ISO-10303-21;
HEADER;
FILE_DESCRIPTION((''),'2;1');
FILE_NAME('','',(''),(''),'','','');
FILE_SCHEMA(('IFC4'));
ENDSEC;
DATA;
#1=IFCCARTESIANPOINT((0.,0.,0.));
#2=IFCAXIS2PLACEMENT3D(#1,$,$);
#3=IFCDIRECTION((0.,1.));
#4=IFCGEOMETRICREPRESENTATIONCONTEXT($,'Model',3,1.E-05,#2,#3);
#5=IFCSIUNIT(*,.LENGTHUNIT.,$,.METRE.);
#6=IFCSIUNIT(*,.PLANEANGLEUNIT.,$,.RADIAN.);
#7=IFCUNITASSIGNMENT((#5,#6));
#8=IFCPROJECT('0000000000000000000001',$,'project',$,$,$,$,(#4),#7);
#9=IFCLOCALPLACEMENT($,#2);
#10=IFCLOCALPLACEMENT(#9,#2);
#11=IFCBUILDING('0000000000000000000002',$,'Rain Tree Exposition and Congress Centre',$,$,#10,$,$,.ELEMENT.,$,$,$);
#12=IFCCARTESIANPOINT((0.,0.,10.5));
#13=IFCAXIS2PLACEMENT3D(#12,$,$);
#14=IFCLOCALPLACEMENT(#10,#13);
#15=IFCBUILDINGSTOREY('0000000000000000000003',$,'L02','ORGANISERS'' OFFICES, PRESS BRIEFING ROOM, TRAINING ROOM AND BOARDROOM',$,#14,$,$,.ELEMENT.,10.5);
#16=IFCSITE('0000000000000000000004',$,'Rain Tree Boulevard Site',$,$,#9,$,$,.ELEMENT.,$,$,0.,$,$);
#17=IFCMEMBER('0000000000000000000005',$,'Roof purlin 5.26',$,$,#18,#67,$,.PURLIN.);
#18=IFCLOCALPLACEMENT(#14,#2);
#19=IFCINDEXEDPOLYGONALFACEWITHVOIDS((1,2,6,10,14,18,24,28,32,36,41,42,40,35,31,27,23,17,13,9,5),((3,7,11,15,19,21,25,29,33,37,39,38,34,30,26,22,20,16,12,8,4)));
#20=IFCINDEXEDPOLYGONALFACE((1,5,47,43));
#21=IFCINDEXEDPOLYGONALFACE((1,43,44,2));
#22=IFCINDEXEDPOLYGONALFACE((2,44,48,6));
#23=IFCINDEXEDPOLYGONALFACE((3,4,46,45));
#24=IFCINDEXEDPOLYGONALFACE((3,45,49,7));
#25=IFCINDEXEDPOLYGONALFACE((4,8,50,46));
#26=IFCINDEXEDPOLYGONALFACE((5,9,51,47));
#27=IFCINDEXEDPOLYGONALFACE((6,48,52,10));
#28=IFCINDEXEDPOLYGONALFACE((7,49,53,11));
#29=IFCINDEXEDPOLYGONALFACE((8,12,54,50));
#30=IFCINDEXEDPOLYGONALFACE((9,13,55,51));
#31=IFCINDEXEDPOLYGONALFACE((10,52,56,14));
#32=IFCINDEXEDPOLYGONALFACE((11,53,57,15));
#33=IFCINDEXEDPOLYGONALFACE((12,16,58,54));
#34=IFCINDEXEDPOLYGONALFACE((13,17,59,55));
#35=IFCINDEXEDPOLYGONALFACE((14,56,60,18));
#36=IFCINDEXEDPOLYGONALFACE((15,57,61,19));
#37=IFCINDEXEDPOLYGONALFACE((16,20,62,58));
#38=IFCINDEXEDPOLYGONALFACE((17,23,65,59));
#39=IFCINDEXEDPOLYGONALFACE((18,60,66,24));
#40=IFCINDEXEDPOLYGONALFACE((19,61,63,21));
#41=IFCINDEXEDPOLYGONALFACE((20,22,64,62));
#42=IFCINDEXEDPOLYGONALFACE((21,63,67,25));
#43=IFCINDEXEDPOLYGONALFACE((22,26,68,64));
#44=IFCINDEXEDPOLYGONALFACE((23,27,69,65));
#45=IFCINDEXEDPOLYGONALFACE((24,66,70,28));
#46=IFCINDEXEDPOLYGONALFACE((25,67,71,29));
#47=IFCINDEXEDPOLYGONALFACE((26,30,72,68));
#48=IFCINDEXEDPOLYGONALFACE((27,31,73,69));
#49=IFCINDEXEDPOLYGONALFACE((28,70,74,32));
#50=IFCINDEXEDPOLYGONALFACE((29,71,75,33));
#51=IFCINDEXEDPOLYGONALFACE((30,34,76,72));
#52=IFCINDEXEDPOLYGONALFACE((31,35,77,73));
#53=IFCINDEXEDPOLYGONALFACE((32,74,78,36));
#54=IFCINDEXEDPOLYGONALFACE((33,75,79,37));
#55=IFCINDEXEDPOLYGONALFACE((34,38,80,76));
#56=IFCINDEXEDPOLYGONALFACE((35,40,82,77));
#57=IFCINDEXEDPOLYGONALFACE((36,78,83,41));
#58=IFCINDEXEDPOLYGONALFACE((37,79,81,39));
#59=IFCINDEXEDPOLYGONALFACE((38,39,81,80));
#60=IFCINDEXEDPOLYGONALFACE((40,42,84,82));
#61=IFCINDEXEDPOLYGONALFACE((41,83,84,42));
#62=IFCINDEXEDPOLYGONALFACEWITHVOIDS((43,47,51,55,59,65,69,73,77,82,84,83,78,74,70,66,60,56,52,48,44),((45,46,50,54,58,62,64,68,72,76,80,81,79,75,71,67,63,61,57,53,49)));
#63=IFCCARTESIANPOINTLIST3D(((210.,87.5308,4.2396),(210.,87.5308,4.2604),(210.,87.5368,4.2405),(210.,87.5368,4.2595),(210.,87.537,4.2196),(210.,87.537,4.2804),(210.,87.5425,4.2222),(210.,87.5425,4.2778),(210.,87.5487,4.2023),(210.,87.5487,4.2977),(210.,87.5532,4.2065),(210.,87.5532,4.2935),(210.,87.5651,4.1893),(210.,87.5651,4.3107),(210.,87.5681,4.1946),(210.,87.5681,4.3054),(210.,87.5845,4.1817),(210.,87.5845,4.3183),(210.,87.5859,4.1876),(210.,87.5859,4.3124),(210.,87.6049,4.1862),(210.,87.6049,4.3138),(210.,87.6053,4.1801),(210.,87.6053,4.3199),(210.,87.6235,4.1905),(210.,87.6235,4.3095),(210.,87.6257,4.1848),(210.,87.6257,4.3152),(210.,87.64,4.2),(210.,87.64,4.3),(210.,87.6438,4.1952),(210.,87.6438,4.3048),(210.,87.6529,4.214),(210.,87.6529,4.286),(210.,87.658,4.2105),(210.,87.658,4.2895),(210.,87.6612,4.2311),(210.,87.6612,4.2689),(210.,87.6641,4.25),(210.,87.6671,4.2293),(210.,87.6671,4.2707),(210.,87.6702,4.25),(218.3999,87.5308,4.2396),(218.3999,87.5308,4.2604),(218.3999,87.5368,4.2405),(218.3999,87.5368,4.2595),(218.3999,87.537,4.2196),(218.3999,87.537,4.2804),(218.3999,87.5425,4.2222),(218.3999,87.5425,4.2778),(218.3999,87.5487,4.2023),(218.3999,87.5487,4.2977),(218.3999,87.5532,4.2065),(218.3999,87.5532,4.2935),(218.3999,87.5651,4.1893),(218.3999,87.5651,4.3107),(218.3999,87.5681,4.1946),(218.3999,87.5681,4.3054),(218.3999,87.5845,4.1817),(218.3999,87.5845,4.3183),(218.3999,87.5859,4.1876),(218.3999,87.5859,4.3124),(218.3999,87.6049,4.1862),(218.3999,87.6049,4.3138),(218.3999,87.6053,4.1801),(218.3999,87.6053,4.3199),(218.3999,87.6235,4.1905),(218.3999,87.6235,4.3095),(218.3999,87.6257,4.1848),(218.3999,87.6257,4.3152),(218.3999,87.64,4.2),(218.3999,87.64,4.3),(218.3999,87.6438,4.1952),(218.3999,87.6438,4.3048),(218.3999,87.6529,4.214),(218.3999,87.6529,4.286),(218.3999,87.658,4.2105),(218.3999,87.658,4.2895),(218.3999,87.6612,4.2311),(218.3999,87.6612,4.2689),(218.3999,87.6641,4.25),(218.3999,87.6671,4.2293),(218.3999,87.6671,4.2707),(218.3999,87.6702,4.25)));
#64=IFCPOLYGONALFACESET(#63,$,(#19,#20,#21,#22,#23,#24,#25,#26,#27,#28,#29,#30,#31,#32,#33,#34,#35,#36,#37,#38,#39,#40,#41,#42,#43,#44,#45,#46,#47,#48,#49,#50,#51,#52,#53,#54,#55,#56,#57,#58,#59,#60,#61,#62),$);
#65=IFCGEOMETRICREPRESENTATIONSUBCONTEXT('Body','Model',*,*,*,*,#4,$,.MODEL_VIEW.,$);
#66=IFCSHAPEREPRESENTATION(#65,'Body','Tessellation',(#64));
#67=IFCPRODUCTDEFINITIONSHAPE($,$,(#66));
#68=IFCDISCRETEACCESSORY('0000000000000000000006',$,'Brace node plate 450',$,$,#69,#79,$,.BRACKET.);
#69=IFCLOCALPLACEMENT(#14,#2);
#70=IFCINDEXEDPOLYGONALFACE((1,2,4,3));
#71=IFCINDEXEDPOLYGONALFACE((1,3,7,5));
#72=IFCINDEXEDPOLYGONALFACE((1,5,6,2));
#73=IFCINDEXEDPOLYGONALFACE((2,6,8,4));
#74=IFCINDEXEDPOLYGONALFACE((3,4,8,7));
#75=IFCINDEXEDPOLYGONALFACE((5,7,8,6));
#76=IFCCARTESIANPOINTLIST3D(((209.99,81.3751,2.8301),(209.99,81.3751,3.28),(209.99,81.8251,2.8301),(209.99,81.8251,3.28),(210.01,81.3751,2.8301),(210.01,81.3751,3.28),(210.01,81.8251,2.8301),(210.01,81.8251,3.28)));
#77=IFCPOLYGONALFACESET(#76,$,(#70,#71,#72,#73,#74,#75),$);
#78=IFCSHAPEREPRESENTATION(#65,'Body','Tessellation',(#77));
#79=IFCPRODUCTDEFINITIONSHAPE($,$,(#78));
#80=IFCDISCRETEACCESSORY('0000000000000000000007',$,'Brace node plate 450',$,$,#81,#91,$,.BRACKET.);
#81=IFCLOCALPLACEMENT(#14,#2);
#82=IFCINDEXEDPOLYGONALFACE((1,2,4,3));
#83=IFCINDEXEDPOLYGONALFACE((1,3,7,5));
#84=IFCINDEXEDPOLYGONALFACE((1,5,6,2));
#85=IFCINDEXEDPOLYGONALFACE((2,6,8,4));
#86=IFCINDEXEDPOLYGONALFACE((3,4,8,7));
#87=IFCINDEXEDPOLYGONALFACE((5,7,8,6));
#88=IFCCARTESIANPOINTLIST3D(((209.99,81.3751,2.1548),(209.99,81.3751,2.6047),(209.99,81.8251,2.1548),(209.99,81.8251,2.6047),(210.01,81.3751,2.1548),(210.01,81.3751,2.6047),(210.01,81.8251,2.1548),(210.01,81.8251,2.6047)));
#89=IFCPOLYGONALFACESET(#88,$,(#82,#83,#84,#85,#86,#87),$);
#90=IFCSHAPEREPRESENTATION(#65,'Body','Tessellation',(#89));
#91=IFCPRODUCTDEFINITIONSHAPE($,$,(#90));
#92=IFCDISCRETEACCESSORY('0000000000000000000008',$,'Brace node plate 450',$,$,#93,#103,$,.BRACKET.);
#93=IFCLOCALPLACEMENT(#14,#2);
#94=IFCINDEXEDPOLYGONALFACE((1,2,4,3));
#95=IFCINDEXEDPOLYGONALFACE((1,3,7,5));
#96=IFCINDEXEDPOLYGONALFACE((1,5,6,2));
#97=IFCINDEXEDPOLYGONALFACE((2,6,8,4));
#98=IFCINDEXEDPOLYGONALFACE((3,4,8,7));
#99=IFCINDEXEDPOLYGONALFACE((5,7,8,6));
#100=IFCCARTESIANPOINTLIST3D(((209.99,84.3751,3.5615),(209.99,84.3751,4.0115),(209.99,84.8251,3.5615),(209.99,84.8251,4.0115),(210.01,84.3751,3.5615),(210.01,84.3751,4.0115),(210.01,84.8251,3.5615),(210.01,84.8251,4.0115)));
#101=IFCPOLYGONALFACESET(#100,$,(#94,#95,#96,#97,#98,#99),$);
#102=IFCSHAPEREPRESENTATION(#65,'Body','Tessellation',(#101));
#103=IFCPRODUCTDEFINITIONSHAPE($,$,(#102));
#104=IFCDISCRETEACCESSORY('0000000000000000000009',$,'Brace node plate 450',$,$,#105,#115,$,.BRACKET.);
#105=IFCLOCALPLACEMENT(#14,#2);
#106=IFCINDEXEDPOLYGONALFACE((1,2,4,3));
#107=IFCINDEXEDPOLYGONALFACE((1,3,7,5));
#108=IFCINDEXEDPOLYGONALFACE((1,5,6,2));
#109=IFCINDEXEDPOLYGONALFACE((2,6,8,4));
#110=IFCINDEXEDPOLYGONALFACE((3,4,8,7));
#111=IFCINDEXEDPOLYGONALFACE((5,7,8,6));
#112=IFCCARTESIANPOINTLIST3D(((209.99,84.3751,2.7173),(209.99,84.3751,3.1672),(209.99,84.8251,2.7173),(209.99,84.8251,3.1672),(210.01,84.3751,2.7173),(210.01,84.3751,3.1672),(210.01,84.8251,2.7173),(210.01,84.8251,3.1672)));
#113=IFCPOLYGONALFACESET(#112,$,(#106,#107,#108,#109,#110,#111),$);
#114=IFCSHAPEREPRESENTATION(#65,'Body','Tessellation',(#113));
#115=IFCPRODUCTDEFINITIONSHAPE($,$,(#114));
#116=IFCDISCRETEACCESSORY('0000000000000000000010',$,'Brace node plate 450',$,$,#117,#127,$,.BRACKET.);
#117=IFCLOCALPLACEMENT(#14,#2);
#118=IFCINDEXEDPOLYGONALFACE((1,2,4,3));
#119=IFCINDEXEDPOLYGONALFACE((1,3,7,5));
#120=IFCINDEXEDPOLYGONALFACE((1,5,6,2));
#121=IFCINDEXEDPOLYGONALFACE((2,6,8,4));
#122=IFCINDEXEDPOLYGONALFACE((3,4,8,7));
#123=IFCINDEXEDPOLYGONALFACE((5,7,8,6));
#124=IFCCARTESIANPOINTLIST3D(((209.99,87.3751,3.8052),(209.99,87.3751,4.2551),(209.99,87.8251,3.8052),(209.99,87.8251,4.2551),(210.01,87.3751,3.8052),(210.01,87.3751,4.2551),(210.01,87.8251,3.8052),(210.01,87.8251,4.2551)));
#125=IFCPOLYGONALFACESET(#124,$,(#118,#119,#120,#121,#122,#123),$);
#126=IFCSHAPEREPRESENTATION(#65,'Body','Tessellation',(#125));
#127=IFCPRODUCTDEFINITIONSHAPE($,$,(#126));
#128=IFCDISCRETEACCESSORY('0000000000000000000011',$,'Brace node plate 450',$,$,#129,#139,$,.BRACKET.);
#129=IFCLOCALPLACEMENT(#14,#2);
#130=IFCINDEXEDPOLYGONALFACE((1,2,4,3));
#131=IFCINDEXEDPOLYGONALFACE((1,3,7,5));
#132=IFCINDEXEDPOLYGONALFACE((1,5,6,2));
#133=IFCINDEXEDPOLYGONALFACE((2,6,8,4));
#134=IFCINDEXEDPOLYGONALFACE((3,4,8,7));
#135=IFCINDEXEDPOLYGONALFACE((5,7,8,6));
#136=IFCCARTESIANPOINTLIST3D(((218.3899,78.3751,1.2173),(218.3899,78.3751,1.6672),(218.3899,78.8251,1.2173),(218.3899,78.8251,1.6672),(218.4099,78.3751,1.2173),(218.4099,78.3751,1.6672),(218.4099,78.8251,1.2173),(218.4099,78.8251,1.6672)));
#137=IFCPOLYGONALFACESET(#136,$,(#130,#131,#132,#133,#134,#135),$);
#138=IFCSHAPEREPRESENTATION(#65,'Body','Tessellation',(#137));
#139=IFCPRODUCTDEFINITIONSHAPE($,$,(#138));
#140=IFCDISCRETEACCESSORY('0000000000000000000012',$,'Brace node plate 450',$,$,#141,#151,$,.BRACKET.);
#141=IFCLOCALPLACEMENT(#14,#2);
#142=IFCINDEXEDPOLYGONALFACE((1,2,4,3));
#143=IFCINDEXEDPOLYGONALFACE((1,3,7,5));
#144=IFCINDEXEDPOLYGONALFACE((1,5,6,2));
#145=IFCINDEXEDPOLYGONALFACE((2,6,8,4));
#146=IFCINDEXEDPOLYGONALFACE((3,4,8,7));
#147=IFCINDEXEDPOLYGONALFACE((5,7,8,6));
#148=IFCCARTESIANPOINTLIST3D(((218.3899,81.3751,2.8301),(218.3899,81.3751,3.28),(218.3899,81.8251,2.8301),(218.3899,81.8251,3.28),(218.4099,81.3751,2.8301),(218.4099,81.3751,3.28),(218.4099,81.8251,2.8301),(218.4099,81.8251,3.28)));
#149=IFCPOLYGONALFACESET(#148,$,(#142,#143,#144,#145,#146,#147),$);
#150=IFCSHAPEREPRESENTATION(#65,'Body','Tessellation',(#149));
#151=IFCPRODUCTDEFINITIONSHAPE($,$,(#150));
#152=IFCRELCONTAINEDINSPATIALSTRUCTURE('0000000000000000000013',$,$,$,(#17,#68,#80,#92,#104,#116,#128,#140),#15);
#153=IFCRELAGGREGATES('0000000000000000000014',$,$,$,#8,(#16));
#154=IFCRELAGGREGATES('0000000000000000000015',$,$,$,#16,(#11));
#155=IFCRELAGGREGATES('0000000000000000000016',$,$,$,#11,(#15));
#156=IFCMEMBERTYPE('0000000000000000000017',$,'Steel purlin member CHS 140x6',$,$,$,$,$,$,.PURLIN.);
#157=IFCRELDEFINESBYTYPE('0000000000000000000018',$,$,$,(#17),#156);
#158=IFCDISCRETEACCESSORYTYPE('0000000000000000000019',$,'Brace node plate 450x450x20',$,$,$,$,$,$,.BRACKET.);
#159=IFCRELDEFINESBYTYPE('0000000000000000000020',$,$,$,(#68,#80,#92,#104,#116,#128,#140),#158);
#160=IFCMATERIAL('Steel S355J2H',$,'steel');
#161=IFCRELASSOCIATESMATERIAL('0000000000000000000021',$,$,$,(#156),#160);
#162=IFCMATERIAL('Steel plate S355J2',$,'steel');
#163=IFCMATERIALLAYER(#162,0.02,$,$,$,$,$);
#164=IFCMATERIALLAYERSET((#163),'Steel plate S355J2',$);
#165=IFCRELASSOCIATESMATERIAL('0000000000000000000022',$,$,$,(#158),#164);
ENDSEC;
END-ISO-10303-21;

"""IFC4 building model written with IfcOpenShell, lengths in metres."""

from ifc_helpers import new_model, si_unit, direction, frame, origin, origin_2d, place, context, subcontext, project, spatial, rectangle, hollow_circle, extrude, material, layer, layer_set, material_profile, profile_set, type_object, element, save


model = new_model("IFC4")

# Units and contexts
model_context = context("Model", 3, precision=1e-05, world=origin(), true_north=direction((0.0, 1.0)))
body_context = subcontext(model_context, "Body", "Model", "MODEL_VIEW")
ifc_project = project(units=[si_unit("LENGTHUNIT", "METRE"), si_unit("PLANEANGLEUNIT", "RADIAN")], contexts=[model_context])

# Site, building, storey
site_placement = place(None, origin())
site = spatial("IfcSite", under=ifc_project, at=site_placement, Name="Rain Tree Boulevard Site", CompositionType="ELEMENT", RefElevation=0.0)
building_placement = place(site_placement, origin())
building = spatial("IfcBuilding", under=site, at=building_placement, Name="Rain Tree Exposition and Congress Centre", CompositionType="ELEMENT")
storey_placement = place(building_placement, frame((0.0, 0.0, 10.5)))
storey = spatial("IfcBuildingStorey", under=building, at=storey_placement, Name="L02", Description="ORGANISERS' OFFICES, PRESS BRIEFING ROOM, TRAINING ROOM AND BOARDROOM", CompositionType="ELEMENT", Elevation=10.5)

# Member
ifc_material_1 = material(Name="Steel S355J2H", Category="steel")
ifc_material_profile_1 = material_profile(ifc_material_1, hollow_circle(Radius=0.0701, WallThickness=0.0061, at=origin_2d()), Name="CHS 140x6")
ifc_profile_set_1 = profile_set([ifc_material_profile_1], Name="Steel S355J2H")
member_type_1 = type_object("IfcMemberType", Name="Steel purlin member CHS 140x6", PredefinedType="PURLIN", material=ifc_profile_set_1)
for number, where, z_axis, x_axis, name in (
    (1, (210.0, 87.6001, 4.25), (1.0, 0.0, 0.0), (0.0, 1.0, 0.0), "Roof purlin 5.26"),
):
    element("IfcMember", number, at=place(storey_placement, frame(where, z_axis=z_axis, x_axis=x_axis)), inside=storey, type_object=member_type_1, Name=name, PredefinedType="PURLIN", context=body_context, shape_type="SweptSolid", body=[
        extrude(hollow_circle(Radius=0.0701, WallThickness=0.0061, at=origin_2d()), origin(), (0.0, 0.0, 1.0), 8.3999),
    ])

# Discrete accessories
ifc_material_2 = material(Name="Steel plate S355J2", Category="steel")
ifc_layer = layer(ifc_material_2, 0.02)
ifc_layer_set = layer_set([ifc_layer], Name="Steel plate S355J2")
discrete_accessory_type = type_object("IfcDiscreteAccessoryType", Name="Brace node plate 450x450x20", PredefinedType="BRACKET", material=ifc_layer_set)
for number, where, z_axis, x_axis, name in (
    (2, (210.0, 81.6001, 2.8301), (0.0, 0.0, 1.0), (0.0, -1.0, 0.0), "Brace node plate 450"),
    (3, (210.0, 81.6001, 2.1548), (0.0, 0.0, 1.0), (0.0, 1.0, 0.0), "Brace node plate 450"),
    (4, (210.0, 84.6001, 3.5615), (0.0, 0.0, 1.0), (0.0, -1.0, 0.0), "Brace node plate 450"),
    (5, (210.0, 84.6001, 2.7173), (0.0, 0.0, 1.0), (0.0, 1.0, 0.0), "Brace node plate 450"),
    (6, (210.0, 87.6001, 3.8052), (0.0, 0.0, 1.0), (0.0, 1.0, 0.0), "Brace node plate 450"),
    (7, (218.3999, 78.6001, 1.2173), (0.0, 0.0, 1.0), (0.0, 1.0, 0.0), "Brace node plate 450"),
    (8, (218.3999, 81.6001, 2.8301), (0.0, 0.0, 1.0), (0.0, -1.0, 0.0), "Brace node plate 450"),
):
    element("IfcDiscreteAccessory", number, at=place(storey_placement, frame(where, z_axis=z_axis, x_axis=x_axis)), inside=storey, type_object=discrete_accessory_type, Name=name, PredefinedType="BRACKET", context=body_context, shape_type="SweptSolid", body=[
        extrude(rectangle(XDim=0.45, YDim=0.02, at=origin_2d()), origin(), (0.0, 0.0, 1.0), 0.45),
    ])

save(model, "model.ifc")
